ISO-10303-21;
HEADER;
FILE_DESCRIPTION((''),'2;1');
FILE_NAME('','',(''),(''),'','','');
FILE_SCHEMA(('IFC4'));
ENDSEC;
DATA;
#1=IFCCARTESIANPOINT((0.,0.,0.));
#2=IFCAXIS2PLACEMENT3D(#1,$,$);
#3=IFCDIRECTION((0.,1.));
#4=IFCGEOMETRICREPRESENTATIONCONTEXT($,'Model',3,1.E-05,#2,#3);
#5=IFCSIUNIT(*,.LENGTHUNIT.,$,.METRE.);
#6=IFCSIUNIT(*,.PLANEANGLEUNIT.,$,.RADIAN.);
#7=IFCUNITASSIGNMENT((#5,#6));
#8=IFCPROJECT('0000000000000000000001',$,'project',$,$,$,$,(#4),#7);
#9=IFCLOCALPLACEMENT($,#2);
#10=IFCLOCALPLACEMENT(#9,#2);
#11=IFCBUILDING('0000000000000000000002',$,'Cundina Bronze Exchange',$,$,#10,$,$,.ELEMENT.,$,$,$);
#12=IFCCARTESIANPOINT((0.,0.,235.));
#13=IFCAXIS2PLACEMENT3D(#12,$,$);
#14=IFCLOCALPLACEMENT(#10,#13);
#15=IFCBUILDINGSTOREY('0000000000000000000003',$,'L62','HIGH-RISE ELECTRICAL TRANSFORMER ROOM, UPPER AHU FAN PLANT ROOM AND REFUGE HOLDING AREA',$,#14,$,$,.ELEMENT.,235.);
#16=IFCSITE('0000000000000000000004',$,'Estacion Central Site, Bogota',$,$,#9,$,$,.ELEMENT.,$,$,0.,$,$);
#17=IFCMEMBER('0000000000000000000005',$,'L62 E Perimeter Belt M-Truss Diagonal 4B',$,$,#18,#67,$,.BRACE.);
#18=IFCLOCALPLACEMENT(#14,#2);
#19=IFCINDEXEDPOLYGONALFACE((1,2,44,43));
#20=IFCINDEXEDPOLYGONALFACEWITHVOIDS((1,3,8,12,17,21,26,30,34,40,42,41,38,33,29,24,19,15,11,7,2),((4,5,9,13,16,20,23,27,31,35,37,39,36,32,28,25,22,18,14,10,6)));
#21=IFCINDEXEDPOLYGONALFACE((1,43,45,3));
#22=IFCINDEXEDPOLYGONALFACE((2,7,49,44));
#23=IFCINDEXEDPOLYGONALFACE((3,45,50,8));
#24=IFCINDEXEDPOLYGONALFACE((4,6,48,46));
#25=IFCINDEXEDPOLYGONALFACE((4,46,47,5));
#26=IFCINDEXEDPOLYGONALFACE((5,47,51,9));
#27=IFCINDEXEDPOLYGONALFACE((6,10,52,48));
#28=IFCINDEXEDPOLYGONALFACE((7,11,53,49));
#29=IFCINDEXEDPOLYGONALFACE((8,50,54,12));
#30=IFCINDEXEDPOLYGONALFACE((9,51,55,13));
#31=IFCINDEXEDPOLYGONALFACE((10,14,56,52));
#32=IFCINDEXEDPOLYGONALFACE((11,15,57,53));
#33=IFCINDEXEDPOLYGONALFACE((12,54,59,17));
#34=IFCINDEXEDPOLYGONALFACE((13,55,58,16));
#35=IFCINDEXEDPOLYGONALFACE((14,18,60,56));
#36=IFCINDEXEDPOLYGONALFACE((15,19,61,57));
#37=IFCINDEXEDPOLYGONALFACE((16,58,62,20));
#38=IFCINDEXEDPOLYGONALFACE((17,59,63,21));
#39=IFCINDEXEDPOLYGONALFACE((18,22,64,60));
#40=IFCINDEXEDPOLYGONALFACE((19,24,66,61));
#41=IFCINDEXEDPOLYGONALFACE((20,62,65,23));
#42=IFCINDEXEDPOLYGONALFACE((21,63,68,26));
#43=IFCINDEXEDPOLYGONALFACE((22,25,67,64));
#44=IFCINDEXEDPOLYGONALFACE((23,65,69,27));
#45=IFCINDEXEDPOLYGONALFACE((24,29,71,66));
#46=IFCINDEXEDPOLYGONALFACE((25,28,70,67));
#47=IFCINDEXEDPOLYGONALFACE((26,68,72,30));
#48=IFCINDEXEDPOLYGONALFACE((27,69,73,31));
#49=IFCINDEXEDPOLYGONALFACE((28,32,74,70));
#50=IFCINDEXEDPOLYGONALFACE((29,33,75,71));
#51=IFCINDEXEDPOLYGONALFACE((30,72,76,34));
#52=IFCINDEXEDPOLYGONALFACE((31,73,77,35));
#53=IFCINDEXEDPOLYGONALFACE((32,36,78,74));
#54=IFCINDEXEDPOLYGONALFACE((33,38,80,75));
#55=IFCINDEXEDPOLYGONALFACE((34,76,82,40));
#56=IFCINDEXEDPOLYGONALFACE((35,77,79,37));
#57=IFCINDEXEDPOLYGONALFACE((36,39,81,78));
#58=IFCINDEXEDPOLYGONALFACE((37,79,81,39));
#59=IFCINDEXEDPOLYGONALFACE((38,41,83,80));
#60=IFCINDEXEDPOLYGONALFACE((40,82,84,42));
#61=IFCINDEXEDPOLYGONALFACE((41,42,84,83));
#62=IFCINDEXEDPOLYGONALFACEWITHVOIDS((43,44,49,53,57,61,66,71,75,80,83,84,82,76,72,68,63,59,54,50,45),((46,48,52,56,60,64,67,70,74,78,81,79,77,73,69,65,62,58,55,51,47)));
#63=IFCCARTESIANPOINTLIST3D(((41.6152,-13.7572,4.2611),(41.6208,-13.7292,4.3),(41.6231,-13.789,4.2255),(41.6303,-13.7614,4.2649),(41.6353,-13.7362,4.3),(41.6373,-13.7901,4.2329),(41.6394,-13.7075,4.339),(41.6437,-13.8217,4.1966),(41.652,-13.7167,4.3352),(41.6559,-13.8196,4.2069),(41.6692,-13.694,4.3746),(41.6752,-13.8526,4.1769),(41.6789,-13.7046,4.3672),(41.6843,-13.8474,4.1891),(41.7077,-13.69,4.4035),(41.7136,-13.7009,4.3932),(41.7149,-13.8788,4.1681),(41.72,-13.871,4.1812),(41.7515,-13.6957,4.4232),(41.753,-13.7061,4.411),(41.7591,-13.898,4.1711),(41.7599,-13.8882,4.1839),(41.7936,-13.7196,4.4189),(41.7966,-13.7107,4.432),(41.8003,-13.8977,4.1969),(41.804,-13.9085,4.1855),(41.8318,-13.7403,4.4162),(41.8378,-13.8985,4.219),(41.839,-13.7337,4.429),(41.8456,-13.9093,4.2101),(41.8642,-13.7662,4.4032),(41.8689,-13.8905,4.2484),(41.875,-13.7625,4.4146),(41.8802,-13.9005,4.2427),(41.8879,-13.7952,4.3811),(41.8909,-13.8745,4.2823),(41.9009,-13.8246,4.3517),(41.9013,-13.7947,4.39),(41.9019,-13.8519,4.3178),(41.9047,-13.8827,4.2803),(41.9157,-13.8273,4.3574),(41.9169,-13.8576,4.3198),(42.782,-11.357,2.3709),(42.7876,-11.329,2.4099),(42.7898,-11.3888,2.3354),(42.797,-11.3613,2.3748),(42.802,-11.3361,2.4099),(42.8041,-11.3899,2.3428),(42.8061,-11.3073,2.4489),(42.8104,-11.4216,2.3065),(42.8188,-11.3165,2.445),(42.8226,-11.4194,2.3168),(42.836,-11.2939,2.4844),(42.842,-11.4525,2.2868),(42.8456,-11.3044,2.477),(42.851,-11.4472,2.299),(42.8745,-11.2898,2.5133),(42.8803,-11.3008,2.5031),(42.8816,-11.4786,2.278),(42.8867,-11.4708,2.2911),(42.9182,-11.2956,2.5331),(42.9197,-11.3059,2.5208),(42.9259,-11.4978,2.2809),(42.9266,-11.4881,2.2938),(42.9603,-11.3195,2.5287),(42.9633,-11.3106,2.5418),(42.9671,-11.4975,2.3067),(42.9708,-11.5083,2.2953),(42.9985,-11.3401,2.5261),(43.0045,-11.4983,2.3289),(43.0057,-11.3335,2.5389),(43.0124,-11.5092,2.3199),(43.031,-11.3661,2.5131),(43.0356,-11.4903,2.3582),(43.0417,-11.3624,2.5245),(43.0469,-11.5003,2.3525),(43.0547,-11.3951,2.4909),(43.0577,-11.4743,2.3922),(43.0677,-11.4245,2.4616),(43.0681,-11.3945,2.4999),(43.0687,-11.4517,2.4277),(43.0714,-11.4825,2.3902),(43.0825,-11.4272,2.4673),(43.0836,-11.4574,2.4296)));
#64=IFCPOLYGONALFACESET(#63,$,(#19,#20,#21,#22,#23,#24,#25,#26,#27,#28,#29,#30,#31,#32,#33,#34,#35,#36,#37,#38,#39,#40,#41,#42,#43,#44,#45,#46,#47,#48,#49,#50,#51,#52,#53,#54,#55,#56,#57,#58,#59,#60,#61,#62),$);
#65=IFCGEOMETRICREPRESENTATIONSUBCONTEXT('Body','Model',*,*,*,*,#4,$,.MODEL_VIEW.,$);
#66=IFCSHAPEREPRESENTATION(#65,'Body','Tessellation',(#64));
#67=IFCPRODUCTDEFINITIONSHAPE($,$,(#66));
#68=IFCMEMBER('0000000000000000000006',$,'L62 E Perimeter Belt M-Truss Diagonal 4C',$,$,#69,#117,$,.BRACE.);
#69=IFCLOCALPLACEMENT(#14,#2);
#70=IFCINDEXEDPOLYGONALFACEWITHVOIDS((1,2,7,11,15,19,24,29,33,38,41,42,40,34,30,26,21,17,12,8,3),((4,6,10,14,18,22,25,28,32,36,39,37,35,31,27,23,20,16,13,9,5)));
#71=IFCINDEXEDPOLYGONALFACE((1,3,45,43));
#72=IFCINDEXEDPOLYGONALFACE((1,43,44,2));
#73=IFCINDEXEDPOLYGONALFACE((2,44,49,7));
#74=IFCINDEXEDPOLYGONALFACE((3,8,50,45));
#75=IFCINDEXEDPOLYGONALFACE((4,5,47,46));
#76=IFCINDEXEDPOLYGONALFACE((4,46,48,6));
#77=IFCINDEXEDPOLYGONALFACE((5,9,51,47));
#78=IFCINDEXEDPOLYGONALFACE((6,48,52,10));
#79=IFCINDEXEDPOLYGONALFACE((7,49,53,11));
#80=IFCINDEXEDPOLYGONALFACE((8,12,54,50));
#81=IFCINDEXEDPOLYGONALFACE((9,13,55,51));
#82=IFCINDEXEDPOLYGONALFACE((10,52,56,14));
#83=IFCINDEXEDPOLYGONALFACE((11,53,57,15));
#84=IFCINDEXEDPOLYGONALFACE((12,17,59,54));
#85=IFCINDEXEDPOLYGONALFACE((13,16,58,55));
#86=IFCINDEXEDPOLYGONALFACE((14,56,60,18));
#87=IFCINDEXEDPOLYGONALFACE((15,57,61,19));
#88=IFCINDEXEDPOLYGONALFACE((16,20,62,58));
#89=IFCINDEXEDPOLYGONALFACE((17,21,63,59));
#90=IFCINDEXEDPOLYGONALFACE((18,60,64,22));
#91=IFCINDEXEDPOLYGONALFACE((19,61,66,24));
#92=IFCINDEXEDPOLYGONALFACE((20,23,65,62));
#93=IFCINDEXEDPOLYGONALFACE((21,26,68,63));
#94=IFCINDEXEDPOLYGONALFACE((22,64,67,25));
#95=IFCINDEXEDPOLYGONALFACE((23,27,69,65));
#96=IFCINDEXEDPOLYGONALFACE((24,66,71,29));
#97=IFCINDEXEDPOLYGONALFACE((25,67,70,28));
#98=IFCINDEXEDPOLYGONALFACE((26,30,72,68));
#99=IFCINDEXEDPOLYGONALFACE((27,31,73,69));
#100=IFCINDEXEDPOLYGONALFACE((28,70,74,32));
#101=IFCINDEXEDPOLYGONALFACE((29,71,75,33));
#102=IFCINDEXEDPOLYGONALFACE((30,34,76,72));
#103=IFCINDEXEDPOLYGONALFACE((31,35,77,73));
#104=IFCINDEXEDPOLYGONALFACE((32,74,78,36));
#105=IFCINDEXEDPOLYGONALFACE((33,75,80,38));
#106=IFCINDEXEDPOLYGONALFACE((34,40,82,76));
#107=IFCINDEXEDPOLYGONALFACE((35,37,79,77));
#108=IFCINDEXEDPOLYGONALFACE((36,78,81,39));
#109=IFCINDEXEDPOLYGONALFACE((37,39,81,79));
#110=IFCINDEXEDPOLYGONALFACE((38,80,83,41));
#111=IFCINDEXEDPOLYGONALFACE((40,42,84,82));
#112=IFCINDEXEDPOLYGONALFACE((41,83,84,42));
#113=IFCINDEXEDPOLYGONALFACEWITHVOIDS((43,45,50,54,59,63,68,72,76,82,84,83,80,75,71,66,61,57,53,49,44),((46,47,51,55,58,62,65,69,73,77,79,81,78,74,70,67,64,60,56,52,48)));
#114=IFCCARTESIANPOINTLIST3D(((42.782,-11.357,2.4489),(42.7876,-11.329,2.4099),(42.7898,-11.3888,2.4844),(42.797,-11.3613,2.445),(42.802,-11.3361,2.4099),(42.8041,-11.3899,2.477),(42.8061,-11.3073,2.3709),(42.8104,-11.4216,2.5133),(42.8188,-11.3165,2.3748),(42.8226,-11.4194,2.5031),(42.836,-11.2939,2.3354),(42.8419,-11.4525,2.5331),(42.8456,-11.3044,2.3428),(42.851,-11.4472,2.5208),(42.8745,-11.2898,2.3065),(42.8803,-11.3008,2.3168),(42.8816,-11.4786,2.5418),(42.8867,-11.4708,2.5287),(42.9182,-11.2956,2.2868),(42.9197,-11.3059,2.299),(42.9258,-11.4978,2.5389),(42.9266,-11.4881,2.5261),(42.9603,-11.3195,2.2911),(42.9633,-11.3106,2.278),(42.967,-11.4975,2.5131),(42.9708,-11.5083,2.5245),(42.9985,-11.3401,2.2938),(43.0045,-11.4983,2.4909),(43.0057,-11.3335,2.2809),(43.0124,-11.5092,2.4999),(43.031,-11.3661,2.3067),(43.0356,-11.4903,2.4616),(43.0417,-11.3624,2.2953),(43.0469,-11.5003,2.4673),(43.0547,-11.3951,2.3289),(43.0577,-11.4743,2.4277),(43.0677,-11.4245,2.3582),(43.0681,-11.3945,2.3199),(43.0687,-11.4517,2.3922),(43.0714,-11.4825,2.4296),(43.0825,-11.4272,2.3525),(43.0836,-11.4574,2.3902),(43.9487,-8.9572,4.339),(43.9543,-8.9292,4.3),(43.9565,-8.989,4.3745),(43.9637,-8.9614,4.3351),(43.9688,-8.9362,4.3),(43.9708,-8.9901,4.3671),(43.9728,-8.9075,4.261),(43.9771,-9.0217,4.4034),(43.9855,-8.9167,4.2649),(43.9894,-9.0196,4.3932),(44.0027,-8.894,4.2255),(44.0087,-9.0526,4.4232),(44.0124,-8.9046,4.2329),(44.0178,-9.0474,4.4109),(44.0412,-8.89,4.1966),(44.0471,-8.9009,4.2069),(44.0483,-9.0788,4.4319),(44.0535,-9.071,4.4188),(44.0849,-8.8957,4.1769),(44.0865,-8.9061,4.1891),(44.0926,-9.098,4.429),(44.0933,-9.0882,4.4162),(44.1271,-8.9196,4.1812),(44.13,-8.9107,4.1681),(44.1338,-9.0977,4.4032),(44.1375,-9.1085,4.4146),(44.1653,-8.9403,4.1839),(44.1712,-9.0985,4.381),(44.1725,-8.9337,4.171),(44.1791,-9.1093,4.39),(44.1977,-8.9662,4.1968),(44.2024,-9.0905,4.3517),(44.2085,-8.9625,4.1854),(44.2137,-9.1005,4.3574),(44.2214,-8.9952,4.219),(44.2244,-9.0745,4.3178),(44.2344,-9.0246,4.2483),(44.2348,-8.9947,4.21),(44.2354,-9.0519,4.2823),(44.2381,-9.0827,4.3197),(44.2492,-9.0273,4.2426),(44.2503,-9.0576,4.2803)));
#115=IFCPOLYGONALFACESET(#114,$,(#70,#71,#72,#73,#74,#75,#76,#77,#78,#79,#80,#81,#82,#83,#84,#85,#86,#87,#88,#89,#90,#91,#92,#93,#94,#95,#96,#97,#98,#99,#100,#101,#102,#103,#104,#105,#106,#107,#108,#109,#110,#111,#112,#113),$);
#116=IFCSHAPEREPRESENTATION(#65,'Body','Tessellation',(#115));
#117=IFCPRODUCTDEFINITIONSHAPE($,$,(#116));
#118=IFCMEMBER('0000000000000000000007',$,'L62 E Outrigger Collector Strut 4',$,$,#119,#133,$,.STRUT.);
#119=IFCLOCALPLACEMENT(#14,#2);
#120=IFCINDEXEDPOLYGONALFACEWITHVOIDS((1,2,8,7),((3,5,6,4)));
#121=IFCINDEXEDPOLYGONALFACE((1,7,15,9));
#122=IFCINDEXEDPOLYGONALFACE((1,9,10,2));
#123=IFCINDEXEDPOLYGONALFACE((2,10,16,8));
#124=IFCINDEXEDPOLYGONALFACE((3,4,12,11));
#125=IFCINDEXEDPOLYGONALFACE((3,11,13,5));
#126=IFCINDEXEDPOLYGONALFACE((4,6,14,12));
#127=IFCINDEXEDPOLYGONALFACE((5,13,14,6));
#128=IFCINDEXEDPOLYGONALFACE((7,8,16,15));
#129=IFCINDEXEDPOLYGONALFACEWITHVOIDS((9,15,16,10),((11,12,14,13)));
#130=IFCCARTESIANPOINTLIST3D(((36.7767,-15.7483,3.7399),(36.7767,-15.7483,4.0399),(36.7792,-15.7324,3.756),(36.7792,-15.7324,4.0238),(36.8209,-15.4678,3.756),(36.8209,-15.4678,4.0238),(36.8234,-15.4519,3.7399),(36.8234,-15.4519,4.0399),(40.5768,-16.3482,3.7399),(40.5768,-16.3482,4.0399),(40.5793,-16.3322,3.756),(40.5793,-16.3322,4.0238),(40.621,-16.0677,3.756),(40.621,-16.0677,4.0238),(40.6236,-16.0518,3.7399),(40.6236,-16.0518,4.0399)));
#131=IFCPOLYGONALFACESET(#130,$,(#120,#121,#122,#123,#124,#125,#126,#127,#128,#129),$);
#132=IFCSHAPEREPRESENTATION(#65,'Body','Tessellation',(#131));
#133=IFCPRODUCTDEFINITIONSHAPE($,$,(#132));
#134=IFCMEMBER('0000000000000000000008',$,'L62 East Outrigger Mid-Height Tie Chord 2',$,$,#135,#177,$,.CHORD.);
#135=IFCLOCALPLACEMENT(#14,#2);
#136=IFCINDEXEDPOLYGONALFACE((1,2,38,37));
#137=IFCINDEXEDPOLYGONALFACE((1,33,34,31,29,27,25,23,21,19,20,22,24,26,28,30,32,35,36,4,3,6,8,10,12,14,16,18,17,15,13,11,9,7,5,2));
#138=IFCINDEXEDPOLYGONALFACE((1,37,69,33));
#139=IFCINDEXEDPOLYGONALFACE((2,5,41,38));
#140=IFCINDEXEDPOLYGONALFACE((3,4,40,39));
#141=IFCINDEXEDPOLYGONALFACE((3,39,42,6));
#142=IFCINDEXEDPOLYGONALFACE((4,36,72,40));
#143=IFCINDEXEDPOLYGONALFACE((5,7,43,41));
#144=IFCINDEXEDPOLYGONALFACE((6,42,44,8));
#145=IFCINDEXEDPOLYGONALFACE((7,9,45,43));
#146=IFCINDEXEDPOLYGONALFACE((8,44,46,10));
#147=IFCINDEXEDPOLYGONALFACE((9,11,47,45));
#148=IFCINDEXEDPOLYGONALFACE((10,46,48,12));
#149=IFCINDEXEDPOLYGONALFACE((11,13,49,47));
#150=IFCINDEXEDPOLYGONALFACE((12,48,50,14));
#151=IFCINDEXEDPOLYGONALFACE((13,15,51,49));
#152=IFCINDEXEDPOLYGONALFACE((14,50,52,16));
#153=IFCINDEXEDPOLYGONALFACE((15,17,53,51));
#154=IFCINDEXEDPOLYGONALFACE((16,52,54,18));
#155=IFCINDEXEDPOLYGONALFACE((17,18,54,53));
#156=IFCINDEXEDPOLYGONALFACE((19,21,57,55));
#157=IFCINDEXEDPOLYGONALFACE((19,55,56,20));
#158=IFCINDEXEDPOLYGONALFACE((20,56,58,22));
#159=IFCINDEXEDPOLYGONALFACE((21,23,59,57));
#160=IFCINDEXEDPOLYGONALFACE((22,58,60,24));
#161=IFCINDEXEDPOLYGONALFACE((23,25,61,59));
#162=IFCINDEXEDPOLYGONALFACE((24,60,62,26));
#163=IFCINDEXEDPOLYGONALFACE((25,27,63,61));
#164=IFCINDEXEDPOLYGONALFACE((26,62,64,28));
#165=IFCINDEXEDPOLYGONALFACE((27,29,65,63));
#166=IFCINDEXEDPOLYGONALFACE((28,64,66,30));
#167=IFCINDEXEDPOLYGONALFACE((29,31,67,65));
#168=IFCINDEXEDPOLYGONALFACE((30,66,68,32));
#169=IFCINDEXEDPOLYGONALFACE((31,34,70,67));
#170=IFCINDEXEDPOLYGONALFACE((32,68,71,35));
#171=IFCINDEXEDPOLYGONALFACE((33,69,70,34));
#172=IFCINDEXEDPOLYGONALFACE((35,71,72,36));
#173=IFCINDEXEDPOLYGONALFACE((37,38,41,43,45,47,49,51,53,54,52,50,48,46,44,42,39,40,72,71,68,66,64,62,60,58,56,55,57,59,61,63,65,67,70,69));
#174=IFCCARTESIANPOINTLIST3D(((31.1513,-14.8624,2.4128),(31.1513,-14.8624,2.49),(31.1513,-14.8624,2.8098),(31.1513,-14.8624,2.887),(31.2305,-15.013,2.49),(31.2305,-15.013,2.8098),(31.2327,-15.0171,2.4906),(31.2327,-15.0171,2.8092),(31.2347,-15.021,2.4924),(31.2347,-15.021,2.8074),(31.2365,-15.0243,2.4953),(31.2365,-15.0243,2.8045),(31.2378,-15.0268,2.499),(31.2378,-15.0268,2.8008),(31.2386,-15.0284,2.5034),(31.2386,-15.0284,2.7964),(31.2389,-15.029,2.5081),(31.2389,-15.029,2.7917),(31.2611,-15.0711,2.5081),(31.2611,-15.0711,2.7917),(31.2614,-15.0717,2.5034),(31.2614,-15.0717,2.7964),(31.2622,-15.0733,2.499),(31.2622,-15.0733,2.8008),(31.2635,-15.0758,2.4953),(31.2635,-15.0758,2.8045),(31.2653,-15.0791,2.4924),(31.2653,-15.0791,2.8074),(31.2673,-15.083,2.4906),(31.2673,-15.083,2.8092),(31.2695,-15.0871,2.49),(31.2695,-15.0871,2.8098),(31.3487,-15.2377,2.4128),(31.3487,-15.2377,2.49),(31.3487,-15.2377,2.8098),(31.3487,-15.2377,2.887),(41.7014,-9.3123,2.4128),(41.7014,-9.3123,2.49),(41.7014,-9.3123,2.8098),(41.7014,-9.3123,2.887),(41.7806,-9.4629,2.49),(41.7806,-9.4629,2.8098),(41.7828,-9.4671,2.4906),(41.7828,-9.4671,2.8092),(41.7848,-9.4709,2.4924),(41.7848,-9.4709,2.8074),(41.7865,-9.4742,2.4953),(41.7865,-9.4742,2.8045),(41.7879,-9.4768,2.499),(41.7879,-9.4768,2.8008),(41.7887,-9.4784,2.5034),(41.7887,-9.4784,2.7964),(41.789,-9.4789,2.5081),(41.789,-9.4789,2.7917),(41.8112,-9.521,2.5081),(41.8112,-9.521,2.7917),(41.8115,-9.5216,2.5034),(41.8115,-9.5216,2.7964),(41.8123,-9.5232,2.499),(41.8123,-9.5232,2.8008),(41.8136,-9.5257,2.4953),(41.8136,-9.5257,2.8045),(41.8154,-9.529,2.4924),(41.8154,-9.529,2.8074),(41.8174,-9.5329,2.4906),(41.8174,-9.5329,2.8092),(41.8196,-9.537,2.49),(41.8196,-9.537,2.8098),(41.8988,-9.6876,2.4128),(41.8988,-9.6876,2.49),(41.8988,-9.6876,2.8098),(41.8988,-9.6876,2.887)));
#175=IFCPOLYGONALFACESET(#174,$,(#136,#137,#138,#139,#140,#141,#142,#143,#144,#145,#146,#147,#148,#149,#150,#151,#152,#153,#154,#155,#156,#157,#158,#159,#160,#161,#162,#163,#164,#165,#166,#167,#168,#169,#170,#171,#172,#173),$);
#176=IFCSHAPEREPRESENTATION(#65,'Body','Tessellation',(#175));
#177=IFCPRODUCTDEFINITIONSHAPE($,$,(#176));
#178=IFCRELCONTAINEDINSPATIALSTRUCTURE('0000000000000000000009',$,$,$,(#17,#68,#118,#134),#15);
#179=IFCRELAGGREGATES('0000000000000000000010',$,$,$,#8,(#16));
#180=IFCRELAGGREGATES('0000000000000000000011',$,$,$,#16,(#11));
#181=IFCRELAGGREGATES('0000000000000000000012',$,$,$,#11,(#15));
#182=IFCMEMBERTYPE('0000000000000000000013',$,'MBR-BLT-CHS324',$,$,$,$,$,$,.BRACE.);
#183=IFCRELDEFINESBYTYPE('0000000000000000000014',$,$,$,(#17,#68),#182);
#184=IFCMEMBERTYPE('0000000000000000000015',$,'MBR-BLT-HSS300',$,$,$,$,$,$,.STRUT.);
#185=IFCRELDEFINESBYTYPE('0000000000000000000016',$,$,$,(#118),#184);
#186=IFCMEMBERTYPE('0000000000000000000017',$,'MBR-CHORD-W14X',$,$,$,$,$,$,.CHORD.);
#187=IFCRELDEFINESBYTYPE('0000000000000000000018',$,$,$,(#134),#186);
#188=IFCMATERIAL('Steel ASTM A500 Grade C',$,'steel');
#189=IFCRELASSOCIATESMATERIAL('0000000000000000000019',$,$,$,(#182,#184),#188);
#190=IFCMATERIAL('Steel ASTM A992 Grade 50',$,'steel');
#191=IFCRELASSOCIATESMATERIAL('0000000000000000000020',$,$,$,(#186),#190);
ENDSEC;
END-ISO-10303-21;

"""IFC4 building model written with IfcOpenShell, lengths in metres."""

from ifc_helpers import new_model, si_unit, direction, frame, origin, origin_2d, place, context, subcontext, project, spatial, hollow_rectangle, hollow_circle, i_section, extrude, material, material_profile, profile_set, type_object, element, save


model = new_model("IFC4")

# Units and contexts
model_context = context("Model", 3, precision=1e-05, world=origin(), true_north=direction((0.0, 1.0)))
body_context = subcontext(model_context, "Body", "Model", "MODEL_VIEW")
ifc_project = project(units=[si_unit("LENGTHUNIT", "METRE"), si_unit("PLANEANGLEUNIT", "RADIAN")], contexts=[model_context])

# Site, building, storey
site_placement = place(None, origin())
site = spatial("IfcSite", under=ifc_project, at=site_placement, Name="Estacion Central Site, Bogota", CompositionType="ELEMENT", RefElevation=0.0)
building_placement = place(site_placement, origin())
building = spatial("IfcBuilding", under=site, at=building_placement, Name="Cundina Bronze Exchange", CompositionType="ELEMENT")
storey_placement = place(building_placement, frame((0.0, 0.0, 235.0)))
storey = spatial("IfcBuildingStorey", under=building, at=storey_placement, Name="L62", Description="HIGH-RISE ELECTRICAL TRANSFORMER ROOM, UPPER AHU FAN PLANT ROOM AND REFUGE HOLDING AREA", CompositionType="ELEMENT", Elevation=235.0)

# Shared definitions
ifc_material_1 = material(Name="Steel ASTM A992 Grade 50", Category="steel")

# Members
ifc_material_2 = material(Name="Steel ASTM A500 Grade C", Category="steel")
ifc_material_profile_1 = material_profile(ifc_material_2, hollow_circle(Radius=0.1621, WallThickness=0.0161, at=origin_2d()), Name="CHS324X16", Category="steel")
ifc_profile_set_1 = profile_set([ifc_material_profile_1], Name="Steel ASTM A500 Grade C")
member_type_1 = type_object("IfcMemberType", Name="MBR-BLT-CHS324", PredefinedType="BRACE", material=ifc_profile_set_1)
member_1_placement = place(storey_placement, frame((41.7666, -13.8, 4.3), z_axis=(0.356775, 0.733931, -0.577977), x_axis=(-0.899366, 0.437196, 0.0)))
element("IfcMember", 1, at=member_1_placement, inside=storey, type_object=member_type_1, Name="L62 E Perimeter Belt M-Truss Diagonal 4B", PredefinedType="BRACE", context=body_context, shape_type="SweptSolid", body=[
    extrude(hollow_circle(Radius=0.1621, WallThickness=0.0161, at=origin_2d()), origin(), (0.0, 0.0, 1.0), 3.2703),
])
member_2_placement = place(storey_placement, frame((42.9333, -11.3999, 2.4099), z_axis=(0.356795, 0.733896, 0.578009), x_axis=(-0.899349, 0.437232, 0.0)))
element("IfcMember", 2, at=member_2_placement, inside=storey, type_object=member_type_1, Name="L62 E Perimeter Belt M-Truss Diagonal 4C", PredefinedType="BRACE", context=body_context, shape_type="SweptSolid", body=[
    extrude(hollow_circle(Radius=0.1621, WallThickness=0.0161, at=origin_2d()), origin(), (0.0, 0.0, 1.0), 3.27),
])
ifc_material_profile_2 = material_profile(ifc_material_2, hollow_rectangle(XDim=0.3, YDim=0.3, WallThickness=0.0161, at=origin_2d()), Name="HSS300X300X16", Category="steel")
ifc_profile_set_2 = profile_set([ifc_material_profile_2], Name="Steel ASTM A500 Grade C")
member_type_2 = type_object("IfcMemberType", Name="MBR-BLT-HSS300", PredefinedType="STRUT", material=ifc_profile_set_2)
member_3_placement = place(storey_placement, frame((36.8, -15.6001, 3.8899), z_axis=(0.987769, -0.155923, 0.0), x_axis=(0.155923, 0.987769, 0.0)))
element("IfcMember", 3, at=member_3_placement, inside=storey, type_object=member_type_2, Name="L62 E Outrigger Collector Strut 4", PredefinedType="STRUT", context=body_context, shape_type="SweptSolid", body=[
    extrude(hollow_rectangle(XDim=0.3, YDim=0.3, WallThickness=0.0161, at=origin_2d()), origin(), (0.0, 0.0, 1.0), 3.8472),
])
ifc_material_profile_3 = material_profile(ifc_material_1, i_section(OverallWidth=0.4241, OverallDepth=0.4741, WebThickness=0.0476, FlangeThickness=0.0771, FilletRadius=0.0181, at=origin_2d()), Name="W14X426", Category="steel")
ifc_profile_set_3 = profile_set([ifc_material_profile_3], Name="Steel ASTM A992 Grade 50")
member_type_3 = type_object("IfcMemberType", Name="MBR-CHORD-W14X", PredefinedType="CHORD", material=ifc_profile_set_3)
member_4_placement = place(storey_placement, frame((31.25, -15.05, 2.6499), z_axis=(0.885008, 0.465575, 0.0), x_axis=(-0.465575, 0.885008, 0.0)))
element("IfcMember", 4, at=member_4_placement, inside=storey, type_object=member_type_3, Name="L62 East Outrigger Mid-Height Tie Chord 2", PredefinedType="CHORD", context=body_context, shape_type="SweptSolid", body=[
    extrude(i_section(OverallWidth=0.4241, OverallDepth=0.4741, WebThickness=0.0476, FlangeThickness=0.0771, FilletRadius=0.0181, at=origin_2d()), origin(), (0.0, 0.0, 1.0), 11.9209),
])

save(model, "model.ifc")
